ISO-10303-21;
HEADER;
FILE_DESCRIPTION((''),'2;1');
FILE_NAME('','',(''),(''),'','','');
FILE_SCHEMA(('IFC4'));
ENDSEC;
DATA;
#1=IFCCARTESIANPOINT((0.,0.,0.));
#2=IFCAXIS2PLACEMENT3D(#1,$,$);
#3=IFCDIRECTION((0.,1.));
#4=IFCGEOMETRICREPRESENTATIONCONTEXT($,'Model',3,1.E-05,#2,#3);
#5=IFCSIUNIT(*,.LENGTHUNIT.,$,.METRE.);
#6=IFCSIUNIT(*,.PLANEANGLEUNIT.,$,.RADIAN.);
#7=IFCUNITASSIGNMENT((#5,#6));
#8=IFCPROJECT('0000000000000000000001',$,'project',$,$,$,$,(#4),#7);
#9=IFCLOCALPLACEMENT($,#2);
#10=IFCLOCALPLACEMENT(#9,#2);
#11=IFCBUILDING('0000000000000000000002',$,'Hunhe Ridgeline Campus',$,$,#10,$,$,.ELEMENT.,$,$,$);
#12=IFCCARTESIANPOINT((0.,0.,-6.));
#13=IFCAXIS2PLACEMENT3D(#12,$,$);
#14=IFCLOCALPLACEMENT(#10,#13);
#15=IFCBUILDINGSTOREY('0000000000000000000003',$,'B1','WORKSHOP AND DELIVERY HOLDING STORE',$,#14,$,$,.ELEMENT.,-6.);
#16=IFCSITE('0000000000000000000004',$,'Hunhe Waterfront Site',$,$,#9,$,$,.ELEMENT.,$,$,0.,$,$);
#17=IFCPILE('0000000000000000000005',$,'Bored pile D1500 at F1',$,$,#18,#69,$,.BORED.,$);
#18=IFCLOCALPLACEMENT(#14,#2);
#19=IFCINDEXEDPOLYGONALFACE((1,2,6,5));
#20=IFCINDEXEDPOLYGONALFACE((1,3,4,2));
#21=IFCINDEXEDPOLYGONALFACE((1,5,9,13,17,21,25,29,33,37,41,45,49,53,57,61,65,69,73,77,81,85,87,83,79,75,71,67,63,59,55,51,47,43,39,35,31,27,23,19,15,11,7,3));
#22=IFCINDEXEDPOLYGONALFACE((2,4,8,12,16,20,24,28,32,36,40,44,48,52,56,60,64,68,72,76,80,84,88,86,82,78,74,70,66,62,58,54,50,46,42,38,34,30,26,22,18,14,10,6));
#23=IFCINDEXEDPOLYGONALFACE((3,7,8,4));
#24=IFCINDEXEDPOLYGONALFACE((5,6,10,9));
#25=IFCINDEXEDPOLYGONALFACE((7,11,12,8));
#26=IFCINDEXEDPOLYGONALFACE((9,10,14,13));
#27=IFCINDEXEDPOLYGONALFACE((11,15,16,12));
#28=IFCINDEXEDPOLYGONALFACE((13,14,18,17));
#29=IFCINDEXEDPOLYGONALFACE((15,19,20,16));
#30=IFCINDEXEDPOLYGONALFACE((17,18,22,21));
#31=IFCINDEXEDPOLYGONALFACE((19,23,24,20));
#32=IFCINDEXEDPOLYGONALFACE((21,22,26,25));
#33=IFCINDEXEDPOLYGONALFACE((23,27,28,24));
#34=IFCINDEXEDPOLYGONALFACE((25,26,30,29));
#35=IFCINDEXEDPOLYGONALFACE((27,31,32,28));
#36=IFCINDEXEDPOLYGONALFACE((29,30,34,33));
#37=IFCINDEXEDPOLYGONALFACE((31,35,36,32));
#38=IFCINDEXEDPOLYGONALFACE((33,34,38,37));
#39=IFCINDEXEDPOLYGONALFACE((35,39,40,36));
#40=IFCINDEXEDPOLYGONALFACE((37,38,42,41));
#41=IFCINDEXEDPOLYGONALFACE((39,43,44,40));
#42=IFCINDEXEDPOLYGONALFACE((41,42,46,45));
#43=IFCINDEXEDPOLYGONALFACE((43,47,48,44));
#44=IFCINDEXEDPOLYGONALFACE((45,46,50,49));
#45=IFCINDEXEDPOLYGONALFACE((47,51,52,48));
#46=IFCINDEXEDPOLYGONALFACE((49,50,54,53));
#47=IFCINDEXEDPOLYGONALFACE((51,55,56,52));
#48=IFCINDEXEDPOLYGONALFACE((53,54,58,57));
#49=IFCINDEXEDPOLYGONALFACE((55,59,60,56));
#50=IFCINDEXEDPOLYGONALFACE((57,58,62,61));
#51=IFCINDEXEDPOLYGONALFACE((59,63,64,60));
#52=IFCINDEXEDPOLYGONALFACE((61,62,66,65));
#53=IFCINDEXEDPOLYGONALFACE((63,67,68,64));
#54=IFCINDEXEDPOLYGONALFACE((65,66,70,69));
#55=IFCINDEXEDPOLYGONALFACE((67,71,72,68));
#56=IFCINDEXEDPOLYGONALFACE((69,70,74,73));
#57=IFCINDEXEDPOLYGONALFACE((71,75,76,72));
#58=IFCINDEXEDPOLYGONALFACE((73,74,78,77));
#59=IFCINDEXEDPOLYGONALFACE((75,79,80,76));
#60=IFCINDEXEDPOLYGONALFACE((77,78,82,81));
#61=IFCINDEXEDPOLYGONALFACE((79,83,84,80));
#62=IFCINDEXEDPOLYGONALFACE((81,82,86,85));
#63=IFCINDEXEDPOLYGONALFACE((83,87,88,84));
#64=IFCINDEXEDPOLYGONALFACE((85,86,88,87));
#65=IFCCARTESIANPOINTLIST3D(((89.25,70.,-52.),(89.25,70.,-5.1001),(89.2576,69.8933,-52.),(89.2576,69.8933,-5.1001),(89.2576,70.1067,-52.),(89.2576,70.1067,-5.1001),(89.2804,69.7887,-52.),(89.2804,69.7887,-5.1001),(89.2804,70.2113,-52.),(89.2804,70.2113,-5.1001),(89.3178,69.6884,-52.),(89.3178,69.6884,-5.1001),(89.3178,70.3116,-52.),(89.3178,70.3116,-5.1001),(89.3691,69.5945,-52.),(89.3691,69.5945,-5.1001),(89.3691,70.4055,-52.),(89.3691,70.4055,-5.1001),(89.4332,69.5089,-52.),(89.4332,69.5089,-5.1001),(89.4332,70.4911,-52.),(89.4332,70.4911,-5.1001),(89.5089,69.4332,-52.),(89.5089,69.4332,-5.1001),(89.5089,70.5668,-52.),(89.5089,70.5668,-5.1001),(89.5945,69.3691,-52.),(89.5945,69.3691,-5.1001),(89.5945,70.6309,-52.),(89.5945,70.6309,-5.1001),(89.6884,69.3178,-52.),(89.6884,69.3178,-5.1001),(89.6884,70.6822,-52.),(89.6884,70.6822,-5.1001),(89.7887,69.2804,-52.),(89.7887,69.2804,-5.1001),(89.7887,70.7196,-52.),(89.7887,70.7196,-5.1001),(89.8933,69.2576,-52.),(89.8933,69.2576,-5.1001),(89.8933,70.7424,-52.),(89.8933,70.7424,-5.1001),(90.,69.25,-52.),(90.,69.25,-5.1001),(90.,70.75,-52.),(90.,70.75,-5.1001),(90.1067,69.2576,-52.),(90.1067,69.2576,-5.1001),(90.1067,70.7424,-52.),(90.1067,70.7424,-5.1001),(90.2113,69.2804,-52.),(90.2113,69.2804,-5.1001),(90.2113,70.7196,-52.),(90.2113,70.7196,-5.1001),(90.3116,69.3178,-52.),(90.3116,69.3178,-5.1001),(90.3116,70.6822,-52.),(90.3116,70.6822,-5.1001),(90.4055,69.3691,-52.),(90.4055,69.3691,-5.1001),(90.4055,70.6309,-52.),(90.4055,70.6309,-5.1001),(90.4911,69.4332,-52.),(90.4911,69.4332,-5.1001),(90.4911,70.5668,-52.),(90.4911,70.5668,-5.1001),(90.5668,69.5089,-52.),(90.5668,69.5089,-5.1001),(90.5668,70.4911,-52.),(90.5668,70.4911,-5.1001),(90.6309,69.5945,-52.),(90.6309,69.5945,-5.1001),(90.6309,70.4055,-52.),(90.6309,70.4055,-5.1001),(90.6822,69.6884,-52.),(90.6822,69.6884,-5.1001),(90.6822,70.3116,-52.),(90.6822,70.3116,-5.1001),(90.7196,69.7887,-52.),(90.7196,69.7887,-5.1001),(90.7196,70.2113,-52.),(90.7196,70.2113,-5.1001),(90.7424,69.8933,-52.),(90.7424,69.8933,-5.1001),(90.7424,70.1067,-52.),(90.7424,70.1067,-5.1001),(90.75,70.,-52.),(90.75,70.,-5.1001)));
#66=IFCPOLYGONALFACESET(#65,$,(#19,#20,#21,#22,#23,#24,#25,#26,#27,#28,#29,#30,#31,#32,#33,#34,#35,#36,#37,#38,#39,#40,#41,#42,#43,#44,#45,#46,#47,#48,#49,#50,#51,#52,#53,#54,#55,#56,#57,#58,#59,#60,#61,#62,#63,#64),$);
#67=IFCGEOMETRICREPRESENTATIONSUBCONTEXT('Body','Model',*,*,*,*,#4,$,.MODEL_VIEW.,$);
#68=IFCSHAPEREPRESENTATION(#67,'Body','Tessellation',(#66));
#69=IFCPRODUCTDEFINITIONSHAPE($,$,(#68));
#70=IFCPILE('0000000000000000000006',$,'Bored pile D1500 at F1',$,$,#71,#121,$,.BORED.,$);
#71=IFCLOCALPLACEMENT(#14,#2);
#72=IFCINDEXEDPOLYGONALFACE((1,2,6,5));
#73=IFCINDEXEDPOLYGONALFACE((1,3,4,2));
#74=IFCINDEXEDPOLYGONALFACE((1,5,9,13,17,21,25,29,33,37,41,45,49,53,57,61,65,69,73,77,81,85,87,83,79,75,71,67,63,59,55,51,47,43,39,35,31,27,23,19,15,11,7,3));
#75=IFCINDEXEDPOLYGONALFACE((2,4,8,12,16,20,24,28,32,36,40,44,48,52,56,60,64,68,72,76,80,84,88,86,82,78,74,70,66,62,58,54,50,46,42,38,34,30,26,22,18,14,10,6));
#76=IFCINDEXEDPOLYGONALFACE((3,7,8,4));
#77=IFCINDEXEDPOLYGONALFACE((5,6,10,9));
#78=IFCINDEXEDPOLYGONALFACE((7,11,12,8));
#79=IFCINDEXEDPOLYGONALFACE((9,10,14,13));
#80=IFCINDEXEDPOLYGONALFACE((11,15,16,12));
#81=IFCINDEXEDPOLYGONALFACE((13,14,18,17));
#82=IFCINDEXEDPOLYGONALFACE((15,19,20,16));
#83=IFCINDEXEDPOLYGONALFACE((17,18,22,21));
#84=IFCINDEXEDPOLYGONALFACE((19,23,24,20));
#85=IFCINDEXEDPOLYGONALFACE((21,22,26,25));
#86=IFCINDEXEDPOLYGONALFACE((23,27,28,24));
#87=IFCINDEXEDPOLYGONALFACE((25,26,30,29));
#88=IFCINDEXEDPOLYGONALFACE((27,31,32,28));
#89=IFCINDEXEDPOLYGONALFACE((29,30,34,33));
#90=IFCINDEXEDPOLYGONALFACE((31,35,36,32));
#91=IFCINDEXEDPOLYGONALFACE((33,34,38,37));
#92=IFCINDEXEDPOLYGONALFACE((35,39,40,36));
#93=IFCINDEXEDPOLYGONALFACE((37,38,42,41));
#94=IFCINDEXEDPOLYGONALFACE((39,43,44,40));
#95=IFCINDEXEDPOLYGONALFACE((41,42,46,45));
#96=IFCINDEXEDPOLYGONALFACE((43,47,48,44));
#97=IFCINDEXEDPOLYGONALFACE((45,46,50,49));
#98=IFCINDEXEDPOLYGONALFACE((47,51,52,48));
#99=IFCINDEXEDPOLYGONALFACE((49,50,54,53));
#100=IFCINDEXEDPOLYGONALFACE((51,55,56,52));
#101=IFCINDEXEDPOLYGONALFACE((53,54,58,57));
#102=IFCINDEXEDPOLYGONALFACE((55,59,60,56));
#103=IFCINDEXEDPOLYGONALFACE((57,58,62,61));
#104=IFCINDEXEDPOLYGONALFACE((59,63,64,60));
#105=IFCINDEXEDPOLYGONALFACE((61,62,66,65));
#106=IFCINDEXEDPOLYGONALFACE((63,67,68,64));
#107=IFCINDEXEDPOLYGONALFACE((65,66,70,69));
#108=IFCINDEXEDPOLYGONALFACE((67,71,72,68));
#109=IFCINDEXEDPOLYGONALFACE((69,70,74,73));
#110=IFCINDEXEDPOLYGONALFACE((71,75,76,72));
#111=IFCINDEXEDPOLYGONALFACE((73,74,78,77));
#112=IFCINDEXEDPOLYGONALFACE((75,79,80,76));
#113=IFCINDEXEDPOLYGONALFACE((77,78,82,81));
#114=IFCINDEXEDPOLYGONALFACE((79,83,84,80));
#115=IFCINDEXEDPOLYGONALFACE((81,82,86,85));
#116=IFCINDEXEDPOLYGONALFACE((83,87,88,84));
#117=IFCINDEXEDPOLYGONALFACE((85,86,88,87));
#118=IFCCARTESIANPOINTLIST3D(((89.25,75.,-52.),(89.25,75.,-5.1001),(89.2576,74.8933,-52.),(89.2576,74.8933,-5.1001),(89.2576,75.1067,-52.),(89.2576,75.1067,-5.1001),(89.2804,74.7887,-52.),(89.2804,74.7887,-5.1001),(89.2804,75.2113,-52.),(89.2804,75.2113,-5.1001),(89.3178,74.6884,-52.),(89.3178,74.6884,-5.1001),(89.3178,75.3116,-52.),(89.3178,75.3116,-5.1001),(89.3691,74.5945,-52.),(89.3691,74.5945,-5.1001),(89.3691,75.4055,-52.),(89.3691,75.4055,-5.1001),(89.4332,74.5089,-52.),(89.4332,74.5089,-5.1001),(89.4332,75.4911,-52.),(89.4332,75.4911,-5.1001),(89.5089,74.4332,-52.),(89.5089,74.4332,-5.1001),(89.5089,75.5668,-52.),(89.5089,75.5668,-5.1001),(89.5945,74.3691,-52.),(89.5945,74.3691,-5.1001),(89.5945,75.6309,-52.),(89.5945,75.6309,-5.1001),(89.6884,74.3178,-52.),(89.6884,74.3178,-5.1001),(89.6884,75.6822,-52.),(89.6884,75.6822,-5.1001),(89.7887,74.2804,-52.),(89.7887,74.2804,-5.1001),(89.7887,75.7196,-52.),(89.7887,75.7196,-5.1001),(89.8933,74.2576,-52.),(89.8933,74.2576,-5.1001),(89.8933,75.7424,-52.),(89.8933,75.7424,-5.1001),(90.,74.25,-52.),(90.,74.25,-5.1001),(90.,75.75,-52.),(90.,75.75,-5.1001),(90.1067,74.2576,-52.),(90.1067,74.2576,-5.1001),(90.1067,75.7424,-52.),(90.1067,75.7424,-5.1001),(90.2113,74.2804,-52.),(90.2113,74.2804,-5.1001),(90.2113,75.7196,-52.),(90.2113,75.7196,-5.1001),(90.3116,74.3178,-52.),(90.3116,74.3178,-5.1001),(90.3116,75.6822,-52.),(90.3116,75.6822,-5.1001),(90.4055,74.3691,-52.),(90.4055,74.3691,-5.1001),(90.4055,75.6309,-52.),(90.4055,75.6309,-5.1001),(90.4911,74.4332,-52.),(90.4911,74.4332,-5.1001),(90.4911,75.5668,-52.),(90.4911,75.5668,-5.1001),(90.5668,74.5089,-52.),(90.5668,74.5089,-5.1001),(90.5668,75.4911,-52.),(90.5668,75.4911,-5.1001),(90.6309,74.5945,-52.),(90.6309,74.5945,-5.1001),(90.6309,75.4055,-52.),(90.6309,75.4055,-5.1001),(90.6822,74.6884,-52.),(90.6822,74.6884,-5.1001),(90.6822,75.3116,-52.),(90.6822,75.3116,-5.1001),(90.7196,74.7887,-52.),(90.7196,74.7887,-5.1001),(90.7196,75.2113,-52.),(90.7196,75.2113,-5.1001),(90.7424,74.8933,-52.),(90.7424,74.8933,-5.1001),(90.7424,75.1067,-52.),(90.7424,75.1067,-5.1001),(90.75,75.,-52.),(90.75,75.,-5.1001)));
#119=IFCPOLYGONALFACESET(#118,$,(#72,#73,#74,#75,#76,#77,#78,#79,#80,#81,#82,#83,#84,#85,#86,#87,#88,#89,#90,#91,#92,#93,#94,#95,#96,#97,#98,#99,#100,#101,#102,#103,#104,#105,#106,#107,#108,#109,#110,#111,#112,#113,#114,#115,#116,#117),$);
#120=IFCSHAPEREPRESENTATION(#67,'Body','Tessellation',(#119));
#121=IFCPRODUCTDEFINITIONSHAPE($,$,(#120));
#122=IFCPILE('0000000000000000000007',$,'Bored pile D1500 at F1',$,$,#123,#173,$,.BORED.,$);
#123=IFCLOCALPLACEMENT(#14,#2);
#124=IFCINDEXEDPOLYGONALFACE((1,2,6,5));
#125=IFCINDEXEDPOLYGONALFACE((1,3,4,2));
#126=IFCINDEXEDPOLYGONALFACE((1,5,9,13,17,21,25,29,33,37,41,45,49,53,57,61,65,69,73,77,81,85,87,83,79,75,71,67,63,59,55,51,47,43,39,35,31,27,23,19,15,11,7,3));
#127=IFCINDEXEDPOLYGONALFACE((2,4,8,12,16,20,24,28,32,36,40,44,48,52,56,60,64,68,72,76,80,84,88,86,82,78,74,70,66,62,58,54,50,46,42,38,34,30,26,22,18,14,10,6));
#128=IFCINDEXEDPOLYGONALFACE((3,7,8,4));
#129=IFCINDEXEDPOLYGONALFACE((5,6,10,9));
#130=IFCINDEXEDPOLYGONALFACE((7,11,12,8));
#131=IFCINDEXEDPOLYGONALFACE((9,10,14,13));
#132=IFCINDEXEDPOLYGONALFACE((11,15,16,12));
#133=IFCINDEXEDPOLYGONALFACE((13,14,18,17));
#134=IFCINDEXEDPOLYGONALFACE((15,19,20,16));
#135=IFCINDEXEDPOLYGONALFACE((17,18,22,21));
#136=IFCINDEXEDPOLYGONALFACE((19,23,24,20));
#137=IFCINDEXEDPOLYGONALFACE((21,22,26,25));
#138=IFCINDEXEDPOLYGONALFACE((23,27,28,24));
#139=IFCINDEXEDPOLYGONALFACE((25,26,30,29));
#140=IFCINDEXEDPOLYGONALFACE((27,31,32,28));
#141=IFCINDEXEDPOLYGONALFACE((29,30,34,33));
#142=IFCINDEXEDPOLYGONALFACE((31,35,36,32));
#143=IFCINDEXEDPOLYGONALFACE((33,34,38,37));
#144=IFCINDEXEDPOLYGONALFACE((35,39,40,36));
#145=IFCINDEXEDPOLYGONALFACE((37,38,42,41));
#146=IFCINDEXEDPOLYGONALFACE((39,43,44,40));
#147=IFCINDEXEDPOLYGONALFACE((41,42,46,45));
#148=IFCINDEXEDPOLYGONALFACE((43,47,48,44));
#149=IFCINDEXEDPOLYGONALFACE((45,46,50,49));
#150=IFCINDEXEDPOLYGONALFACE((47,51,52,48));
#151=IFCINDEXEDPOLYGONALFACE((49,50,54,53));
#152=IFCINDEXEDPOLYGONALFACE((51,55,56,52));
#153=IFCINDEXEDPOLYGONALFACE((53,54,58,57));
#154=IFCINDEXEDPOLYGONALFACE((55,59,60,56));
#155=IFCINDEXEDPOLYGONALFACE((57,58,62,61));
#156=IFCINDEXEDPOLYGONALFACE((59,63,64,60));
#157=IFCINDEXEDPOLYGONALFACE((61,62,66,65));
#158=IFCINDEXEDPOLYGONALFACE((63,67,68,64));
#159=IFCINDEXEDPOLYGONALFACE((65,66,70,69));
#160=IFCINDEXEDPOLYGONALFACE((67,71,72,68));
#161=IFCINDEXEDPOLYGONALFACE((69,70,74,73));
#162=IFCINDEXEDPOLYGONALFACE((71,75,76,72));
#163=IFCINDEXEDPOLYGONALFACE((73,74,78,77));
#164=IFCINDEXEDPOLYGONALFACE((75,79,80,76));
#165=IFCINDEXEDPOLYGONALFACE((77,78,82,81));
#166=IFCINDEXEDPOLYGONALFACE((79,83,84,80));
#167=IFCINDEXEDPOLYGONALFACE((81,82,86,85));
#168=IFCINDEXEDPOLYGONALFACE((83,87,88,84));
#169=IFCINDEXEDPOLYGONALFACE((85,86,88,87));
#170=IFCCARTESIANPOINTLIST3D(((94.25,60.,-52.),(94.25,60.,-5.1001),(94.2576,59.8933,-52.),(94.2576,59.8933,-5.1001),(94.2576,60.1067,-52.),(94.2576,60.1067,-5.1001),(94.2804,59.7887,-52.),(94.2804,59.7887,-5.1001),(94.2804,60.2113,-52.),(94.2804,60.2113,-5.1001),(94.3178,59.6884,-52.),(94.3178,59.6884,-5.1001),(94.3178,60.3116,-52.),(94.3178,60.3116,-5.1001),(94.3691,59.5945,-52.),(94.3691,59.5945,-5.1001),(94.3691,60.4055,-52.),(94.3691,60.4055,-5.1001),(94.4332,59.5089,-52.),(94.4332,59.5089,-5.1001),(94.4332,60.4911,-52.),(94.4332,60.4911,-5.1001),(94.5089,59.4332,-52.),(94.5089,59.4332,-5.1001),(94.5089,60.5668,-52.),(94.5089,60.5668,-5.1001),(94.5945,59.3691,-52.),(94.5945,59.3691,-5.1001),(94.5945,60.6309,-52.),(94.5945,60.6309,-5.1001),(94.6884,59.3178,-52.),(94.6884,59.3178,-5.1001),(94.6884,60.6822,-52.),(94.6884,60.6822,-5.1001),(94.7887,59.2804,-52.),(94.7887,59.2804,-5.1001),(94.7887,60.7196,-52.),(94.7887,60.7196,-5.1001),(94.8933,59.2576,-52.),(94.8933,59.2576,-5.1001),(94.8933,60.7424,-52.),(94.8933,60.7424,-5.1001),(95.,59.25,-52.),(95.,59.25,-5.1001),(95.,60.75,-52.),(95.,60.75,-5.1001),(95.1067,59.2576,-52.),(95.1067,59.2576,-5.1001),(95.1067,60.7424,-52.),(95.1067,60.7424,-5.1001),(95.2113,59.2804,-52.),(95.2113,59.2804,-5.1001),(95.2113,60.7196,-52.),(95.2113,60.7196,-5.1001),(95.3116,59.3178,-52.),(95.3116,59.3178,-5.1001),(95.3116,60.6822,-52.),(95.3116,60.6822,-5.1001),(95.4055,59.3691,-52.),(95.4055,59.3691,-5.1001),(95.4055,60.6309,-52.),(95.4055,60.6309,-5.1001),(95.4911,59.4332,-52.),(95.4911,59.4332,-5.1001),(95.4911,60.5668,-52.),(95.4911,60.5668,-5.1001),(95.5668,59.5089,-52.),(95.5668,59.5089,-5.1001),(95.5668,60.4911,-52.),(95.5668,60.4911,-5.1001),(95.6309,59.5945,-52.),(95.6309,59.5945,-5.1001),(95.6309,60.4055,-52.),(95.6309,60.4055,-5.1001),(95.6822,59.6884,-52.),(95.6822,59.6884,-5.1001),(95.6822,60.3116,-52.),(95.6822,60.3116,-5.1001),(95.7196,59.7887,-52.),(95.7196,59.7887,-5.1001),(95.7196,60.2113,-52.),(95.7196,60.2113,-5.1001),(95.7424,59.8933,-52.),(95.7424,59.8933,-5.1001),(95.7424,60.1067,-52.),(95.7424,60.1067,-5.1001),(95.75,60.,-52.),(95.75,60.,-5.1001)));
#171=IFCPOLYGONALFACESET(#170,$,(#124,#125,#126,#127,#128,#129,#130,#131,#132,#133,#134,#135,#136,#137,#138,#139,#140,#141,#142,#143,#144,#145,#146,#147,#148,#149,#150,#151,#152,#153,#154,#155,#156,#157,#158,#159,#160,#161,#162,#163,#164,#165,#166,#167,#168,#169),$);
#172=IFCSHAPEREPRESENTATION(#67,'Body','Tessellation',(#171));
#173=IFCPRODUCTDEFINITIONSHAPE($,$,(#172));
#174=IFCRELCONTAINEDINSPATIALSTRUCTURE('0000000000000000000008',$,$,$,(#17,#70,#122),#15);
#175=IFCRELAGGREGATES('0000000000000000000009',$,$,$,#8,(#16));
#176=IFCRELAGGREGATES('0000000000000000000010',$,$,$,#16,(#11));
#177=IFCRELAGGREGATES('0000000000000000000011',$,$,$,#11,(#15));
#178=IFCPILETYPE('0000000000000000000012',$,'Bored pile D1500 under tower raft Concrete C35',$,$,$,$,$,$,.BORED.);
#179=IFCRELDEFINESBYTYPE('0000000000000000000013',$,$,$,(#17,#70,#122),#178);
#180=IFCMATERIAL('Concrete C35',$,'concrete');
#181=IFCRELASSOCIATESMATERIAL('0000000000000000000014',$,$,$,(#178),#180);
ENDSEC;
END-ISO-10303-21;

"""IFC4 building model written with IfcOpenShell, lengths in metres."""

from ifc_helpers import new_model, si_unit, direction, frame, origin, origin_2d, place, context, subcontext, project, spatial, circle, extrude, material, material_profile, profile_set, type_object, element, save


model = new_model("IFC4")

# Units and contexts
model_context = context("Model", 3, precision=1e-05, world=origin(), true_north=direction((0.0, 1.0)))
body_context = subcontext(model_context, "Body", "Model", "MODEL_VIEW")
ifc_project = project(units=[si_unit("LENGTHUNIT", "METRE"), si_unit("PLANEANGLEUNIT", "RADIAN")], contexts=[model_context])

# Site, building, storey
site_placement = place(None, origin())
site = spatial("IfcSite", under=ifc_project, at=site_placement, Name="Hunhe Waterfront Site", CompositionType="ELEMENT", RefElevation=0.0)
building_placement = place(site_placement, origin())
building = spatial("IfcBuilding", under=site, at=building_placement, Name="Hunhe Ridgeline Campus", CompositionType="ELEMENT")
storey_placement = place(building_placement, frame((0.0, 0.0, -6.0)))
storey = spatial("IfcBuildingStorey", under=building, at=storey_placement, Name="B1", Description="WORKSHOP AND DELIVERY HOLDING STORE", CompositionType="ELEMENT", Elevation=-6.0)

# Piles
ifc_material_1 = material(Name="Concrete C35", Category="concrete")
ifc_material_profile_1 = material_profile(ifc_material_1, circle(Radius=0.75, at=origin_2d()))
ifc_profile_set_1 = profile_set([ifc_material_profile_1], Name="Concrete C35")
pile_type = type_object("IfcPileType", Name="Bored pile D1500 under tower raft Concrete C35", PredefinedType="BORED", material=ifc_profile_set_1)
for number, where, z_axis, x_axis, name in (
    (1, (90.0, 70.0, -5.1001), (0.0, 0.0, -1.0), (1.0, 0.0, 0.0), "Bored pile D1500 at F1"),
    (2, (90.0, 75.0, -5.1001), (0.0, 0.0, -1.0), (1.0, 0.0, 0.0), "Bored pile D1500 at F1"),
    (3, (95.0, 60.0, -5.1001), (0.0, 0.0, -1.0), (1.0, 0.0, 0.0), "Bored pile D1500 at F1"),
):
    element("IfcPile", number, at=place(storey_placement, frame(where, z_axis=z_axis, x_axis=x_axis)), inside=storey, type_object=pile_type, Name=name, PredefinedType="BORED", context=body_context, shape_type="SweptSolid", body=[
        extrude(circle(Radius=0.75, at=origin_2d()), origin(), (0.0, 0.0, 1.0), 46.8999),
    ])

save(model, "model.ifc")
